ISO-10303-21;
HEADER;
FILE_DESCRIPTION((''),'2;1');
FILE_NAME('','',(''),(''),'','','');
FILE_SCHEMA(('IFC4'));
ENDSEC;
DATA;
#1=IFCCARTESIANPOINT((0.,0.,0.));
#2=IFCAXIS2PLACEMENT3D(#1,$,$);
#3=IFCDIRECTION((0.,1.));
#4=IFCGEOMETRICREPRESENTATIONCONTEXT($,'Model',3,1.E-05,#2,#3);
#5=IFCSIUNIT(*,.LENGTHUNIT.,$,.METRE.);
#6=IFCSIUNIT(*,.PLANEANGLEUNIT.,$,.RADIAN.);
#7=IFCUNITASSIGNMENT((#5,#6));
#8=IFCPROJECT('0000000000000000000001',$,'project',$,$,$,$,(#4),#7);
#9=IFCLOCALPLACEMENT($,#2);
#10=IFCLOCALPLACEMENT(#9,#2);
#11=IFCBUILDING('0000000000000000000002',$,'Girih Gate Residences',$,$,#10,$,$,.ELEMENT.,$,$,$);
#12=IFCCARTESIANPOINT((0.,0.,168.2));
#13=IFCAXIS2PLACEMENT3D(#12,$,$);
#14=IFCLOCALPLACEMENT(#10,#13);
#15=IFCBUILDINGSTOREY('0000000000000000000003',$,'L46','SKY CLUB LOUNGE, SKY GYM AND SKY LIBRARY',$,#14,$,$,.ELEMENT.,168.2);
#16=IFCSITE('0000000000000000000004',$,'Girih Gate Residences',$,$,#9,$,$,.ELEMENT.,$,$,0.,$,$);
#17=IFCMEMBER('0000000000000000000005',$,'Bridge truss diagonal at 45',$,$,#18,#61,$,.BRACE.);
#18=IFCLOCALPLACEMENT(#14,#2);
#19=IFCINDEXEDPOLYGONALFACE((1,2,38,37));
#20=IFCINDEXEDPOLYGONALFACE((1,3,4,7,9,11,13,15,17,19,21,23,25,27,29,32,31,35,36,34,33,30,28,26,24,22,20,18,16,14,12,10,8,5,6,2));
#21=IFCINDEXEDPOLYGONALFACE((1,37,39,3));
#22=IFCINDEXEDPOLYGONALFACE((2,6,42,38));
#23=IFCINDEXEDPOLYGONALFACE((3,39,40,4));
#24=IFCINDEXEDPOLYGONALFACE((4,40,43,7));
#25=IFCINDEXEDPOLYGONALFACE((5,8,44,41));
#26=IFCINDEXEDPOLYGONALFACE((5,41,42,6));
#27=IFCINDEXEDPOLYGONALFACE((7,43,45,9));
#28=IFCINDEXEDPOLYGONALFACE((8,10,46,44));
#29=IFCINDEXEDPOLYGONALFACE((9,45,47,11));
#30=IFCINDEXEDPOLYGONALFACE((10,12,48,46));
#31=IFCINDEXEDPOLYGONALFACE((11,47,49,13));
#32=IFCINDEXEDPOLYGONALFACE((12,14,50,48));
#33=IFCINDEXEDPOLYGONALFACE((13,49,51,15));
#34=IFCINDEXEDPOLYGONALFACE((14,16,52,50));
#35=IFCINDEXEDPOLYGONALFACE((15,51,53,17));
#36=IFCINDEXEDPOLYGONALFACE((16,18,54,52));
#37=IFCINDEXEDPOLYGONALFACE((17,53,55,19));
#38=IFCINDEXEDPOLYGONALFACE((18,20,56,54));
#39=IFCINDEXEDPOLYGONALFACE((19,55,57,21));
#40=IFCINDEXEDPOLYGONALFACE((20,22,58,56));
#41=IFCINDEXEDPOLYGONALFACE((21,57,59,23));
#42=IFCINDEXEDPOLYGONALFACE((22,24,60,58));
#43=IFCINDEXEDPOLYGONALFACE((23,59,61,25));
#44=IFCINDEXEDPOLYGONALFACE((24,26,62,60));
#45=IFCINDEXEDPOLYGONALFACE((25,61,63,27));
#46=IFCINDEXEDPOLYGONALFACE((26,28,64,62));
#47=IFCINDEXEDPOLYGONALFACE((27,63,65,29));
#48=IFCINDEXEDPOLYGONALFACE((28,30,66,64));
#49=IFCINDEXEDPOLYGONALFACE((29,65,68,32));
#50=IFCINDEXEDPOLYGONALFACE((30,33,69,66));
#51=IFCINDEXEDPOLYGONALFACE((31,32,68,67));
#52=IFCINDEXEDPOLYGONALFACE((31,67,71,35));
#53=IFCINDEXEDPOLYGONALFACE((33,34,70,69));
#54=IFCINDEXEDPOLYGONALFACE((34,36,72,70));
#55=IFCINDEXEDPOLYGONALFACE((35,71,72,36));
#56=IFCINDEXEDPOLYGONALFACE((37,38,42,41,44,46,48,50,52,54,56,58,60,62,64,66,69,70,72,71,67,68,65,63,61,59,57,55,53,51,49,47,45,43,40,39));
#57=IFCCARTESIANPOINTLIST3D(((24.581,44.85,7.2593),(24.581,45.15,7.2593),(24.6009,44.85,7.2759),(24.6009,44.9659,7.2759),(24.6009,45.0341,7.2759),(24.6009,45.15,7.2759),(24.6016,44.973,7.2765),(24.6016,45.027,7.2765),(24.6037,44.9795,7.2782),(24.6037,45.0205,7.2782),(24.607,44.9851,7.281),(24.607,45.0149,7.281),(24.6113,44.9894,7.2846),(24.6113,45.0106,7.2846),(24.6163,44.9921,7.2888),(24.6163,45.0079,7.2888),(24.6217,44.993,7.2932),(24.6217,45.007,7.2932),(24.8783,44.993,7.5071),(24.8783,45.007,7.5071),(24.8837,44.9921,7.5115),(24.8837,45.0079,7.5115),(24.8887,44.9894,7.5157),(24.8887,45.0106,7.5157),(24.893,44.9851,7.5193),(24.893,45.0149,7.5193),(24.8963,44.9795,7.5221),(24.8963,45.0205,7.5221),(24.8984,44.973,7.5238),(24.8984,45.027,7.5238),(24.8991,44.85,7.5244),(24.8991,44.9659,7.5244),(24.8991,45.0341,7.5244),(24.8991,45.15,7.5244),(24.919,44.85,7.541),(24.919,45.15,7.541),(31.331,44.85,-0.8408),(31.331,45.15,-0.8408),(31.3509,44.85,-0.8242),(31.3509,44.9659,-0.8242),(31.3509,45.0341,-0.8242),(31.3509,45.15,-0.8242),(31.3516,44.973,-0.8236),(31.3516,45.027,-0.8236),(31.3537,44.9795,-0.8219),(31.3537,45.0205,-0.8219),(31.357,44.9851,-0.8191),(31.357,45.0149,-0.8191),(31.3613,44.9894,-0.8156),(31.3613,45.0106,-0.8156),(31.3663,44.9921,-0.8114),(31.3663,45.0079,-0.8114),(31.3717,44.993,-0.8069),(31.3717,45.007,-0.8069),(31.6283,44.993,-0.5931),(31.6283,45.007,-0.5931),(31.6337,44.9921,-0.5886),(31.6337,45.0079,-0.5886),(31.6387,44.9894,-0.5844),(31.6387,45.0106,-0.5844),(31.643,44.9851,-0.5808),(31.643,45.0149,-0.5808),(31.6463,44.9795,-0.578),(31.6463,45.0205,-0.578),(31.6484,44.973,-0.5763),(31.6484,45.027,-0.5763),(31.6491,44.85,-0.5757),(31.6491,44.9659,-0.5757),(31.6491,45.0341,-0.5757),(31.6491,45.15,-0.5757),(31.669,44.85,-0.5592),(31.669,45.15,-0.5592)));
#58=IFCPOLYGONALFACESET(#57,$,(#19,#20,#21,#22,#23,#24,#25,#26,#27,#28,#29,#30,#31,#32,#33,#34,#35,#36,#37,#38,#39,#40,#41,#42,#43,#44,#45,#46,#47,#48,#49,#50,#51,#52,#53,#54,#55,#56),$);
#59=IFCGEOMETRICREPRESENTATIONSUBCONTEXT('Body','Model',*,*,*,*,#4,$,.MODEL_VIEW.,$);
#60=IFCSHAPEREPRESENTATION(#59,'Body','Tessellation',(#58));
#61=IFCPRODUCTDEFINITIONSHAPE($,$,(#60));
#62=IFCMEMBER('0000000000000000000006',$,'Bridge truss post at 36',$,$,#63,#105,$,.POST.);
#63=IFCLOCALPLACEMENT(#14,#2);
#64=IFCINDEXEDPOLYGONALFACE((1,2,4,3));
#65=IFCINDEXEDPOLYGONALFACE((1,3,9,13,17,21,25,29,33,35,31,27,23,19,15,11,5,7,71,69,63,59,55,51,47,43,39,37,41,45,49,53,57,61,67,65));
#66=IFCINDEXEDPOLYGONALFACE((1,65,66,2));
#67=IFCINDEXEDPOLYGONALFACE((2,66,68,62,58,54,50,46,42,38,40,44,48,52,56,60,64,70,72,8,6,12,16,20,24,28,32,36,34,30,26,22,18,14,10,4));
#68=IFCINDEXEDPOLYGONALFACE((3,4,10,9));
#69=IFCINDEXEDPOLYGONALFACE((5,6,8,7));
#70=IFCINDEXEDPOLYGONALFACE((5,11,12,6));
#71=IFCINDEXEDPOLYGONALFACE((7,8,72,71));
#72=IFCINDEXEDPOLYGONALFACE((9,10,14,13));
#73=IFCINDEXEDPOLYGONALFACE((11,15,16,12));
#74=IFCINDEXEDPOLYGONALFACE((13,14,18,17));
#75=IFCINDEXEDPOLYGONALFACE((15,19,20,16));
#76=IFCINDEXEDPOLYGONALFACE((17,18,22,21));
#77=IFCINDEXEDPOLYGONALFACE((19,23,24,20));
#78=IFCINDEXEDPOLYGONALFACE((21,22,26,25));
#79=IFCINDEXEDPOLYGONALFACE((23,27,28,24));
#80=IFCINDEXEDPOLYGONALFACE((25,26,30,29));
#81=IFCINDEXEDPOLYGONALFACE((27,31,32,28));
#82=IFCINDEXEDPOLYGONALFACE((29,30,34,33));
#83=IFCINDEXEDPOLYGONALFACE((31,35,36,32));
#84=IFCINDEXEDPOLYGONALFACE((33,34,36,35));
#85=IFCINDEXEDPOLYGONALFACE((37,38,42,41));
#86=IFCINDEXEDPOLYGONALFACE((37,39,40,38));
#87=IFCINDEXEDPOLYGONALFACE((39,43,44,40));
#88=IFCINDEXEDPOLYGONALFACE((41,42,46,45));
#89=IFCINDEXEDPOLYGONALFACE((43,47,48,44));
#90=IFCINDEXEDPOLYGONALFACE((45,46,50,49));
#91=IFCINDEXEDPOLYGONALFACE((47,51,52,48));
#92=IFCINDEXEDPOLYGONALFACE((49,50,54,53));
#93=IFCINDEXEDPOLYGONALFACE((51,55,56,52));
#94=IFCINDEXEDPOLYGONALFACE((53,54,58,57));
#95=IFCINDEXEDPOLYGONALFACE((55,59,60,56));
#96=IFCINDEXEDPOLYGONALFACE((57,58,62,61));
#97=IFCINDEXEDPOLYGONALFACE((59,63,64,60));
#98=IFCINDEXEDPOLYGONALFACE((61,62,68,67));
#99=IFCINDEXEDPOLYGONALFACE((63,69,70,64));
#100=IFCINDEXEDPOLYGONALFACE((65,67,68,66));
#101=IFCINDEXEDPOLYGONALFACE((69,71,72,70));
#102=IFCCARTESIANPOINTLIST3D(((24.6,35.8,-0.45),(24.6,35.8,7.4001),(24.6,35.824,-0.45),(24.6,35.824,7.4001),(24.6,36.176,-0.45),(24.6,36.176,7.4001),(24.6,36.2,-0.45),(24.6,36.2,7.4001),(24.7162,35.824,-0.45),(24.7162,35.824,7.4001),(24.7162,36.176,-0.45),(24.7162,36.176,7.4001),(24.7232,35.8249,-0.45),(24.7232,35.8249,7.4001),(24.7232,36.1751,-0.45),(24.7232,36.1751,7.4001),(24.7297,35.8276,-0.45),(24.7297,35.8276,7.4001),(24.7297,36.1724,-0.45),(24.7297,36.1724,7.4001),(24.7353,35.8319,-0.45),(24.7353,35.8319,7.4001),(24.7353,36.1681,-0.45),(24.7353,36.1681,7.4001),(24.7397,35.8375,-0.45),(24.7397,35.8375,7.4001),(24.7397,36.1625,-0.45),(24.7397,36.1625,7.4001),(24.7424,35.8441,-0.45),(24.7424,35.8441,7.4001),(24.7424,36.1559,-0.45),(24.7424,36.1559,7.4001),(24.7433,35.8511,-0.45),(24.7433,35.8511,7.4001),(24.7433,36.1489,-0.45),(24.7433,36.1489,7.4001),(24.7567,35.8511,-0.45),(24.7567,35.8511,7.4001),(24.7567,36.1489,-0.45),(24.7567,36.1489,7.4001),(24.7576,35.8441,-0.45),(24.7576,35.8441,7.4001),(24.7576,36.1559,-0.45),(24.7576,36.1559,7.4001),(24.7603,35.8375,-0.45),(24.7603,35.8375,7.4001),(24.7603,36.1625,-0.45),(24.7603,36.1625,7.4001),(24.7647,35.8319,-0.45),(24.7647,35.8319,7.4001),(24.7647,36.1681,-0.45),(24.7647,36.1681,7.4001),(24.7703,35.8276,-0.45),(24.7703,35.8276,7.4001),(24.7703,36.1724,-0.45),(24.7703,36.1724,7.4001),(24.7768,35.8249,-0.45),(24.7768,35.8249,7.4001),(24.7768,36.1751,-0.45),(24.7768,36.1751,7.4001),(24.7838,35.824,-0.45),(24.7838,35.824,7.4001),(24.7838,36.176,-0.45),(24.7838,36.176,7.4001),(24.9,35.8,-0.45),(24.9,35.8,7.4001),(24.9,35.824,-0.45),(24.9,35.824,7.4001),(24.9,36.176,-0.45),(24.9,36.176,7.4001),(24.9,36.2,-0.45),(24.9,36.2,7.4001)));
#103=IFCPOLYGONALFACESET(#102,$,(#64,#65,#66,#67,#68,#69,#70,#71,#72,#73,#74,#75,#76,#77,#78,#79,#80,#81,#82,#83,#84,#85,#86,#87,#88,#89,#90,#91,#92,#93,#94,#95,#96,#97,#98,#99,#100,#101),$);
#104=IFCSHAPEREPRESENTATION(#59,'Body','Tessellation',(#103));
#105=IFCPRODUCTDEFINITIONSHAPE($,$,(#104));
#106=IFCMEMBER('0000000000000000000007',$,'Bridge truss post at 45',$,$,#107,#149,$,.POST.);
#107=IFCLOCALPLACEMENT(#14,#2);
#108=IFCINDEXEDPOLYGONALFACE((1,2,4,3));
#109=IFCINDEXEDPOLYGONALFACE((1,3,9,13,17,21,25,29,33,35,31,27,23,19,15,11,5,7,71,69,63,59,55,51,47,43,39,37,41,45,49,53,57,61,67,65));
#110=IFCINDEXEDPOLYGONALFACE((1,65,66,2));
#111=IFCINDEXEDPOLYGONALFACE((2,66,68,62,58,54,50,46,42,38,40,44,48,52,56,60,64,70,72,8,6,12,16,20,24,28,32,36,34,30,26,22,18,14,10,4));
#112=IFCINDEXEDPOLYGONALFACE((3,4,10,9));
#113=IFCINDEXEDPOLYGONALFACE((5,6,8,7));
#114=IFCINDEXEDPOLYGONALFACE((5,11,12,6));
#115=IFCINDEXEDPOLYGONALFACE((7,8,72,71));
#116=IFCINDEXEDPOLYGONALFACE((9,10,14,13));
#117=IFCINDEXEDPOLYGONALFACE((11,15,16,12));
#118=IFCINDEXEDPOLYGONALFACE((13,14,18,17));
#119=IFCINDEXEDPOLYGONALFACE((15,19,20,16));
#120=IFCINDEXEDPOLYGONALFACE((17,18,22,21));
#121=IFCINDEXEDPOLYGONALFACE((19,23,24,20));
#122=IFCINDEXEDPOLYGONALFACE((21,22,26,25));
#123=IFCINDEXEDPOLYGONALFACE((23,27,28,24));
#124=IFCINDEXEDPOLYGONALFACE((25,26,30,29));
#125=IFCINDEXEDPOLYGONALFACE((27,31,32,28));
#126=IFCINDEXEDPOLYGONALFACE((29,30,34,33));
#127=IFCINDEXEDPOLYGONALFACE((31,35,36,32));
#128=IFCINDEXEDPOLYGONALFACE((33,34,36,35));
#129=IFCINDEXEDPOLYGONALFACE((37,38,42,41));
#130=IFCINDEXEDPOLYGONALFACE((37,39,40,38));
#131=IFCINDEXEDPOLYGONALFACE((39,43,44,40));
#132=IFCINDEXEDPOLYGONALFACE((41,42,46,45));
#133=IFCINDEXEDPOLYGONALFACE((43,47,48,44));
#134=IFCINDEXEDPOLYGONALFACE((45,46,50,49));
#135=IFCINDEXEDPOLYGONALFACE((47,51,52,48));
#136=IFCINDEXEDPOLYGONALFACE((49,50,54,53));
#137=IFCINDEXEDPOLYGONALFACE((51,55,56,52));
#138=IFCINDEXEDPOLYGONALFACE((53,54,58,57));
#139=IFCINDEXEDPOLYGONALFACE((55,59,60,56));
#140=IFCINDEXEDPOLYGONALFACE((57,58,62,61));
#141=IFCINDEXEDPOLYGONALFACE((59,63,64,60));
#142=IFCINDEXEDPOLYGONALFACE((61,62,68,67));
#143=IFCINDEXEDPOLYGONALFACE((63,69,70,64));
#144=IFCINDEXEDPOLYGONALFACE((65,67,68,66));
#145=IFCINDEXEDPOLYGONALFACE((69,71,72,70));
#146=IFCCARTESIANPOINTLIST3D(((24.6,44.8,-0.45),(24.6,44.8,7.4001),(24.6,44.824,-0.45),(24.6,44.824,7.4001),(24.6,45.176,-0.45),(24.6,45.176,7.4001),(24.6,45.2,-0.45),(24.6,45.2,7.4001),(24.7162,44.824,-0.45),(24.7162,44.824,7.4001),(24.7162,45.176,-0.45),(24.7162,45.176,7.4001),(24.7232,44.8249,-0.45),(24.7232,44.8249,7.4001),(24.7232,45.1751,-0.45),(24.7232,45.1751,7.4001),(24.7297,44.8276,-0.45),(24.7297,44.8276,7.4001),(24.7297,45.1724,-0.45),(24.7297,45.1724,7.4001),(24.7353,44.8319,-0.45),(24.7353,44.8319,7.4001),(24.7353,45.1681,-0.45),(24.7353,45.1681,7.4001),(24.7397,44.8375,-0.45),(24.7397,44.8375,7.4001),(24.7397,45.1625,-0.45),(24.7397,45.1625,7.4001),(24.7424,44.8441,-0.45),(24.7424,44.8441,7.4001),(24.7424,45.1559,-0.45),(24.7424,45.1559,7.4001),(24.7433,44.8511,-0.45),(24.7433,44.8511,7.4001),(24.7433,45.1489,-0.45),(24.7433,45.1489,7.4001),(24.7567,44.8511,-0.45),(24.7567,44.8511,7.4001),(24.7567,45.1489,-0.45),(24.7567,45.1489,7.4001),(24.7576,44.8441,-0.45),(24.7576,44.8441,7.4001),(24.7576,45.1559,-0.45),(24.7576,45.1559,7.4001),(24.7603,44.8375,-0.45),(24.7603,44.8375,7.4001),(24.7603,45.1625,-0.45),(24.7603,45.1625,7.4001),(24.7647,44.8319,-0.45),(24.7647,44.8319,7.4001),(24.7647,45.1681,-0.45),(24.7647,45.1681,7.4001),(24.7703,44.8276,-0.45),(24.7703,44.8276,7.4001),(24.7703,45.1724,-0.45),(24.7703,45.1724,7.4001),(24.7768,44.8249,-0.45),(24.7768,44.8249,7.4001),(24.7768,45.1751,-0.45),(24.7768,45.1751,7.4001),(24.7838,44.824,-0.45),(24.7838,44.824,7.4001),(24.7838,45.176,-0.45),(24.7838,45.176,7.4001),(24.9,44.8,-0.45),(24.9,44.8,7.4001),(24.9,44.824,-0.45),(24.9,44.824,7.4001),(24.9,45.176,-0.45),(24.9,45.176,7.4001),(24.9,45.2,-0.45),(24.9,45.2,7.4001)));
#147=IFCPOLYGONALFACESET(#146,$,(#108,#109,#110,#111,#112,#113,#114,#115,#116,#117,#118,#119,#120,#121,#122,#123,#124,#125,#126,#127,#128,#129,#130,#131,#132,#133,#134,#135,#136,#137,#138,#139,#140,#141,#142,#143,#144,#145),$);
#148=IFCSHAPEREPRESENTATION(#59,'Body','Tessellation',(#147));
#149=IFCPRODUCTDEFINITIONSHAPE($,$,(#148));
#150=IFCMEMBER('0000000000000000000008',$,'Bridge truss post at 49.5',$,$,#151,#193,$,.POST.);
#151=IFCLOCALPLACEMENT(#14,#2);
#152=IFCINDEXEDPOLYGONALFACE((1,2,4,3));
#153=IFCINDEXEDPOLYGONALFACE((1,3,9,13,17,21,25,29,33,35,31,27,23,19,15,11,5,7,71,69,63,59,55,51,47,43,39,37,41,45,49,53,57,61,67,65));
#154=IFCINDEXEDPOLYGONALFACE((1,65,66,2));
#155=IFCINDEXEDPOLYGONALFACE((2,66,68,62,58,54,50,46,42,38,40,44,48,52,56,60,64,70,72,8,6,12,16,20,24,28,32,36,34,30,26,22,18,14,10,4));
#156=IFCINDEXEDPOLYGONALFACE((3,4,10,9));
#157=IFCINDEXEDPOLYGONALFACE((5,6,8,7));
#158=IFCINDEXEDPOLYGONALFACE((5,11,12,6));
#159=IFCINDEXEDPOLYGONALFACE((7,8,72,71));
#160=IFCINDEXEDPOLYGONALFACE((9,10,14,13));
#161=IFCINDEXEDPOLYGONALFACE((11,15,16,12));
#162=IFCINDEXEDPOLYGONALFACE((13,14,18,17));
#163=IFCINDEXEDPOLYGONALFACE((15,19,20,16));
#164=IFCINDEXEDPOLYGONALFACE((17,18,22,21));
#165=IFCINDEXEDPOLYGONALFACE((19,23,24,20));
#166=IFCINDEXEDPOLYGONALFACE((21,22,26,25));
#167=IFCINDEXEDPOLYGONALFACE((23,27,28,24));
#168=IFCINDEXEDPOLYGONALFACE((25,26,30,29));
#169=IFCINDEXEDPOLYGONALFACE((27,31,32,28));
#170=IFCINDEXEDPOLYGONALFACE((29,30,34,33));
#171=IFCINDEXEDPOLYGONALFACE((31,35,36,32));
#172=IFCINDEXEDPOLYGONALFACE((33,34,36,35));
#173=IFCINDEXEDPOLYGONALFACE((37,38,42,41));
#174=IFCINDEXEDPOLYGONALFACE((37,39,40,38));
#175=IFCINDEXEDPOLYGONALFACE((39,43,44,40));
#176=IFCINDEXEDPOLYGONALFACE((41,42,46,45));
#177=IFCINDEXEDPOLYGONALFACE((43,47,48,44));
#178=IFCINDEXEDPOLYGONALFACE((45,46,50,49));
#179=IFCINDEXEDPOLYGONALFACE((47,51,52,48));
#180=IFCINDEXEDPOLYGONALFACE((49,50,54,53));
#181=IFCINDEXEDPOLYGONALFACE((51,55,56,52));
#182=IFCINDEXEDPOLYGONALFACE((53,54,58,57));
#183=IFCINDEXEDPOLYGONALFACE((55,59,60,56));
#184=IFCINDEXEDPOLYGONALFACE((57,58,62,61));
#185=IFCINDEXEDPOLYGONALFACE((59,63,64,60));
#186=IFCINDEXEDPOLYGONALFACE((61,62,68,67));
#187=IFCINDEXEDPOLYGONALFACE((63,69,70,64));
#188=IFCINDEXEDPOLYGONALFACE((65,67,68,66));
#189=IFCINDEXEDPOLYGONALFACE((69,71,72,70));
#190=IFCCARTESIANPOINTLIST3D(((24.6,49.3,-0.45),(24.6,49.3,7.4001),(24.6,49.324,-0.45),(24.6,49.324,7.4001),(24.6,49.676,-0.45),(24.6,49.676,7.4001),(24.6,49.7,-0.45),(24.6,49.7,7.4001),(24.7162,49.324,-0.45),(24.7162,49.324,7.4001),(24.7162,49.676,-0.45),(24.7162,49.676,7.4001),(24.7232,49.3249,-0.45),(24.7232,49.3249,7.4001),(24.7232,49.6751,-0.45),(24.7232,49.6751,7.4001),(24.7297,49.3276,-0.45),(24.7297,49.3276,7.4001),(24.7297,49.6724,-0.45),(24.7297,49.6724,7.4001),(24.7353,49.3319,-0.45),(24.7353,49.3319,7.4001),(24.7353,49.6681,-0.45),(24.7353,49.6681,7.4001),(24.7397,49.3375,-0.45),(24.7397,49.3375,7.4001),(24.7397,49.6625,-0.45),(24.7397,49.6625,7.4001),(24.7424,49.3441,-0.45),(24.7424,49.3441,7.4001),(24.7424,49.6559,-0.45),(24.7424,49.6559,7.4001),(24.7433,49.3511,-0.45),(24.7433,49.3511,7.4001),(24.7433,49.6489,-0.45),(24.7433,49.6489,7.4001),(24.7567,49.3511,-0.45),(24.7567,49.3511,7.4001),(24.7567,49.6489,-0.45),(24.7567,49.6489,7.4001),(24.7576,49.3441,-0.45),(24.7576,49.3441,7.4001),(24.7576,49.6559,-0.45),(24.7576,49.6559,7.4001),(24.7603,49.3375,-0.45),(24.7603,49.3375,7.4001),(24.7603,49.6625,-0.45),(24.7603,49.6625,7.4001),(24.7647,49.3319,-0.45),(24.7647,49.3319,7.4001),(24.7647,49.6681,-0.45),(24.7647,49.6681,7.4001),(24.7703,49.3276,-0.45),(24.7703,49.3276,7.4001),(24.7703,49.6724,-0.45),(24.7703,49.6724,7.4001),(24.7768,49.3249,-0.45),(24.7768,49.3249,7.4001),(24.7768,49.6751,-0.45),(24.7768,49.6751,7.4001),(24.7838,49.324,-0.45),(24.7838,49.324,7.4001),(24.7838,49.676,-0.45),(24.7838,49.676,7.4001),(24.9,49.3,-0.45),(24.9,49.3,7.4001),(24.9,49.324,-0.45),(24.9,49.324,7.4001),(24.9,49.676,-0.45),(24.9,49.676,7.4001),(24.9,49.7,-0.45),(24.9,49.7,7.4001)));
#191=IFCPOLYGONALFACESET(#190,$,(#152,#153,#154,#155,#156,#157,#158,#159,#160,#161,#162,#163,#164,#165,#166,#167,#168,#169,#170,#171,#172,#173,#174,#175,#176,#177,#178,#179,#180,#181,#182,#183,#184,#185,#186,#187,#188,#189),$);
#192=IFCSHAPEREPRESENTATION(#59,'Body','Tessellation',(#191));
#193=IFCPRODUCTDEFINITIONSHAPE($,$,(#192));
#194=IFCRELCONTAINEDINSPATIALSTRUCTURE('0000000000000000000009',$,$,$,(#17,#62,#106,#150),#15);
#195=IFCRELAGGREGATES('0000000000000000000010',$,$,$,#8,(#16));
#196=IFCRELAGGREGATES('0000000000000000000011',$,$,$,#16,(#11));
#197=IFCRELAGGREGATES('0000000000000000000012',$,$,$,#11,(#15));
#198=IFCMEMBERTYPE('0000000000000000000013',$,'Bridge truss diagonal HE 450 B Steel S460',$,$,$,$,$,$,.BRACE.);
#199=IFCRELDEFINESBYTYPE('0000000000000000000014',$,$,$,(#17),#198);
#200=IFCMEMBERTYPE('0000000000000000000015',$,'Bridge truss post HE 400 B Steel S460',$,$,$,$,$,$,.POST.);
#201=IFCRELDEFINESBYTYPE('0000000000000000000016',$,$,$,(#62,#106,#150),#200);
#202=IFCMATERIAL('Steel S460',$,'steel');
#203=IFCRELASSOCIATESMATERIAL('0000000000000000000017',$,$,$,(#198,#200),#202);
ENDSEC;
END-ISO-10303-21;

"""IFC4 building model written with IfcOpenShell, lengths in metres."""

from ifc_helpers import new_model, si_unit, direction, frame, origin, origin_2d, place, context, subcontext, project, spatial, i_section, extrude, material, material_profile, profile_set, type_object, element, save


model = new_model("IFC4")

# Units and contexts
model_context = context("Model", 3, precision=1e-05, world=origin(), true_north=direction((0.0, 1.0)))
body_context = subcontext(model_context, "Body", "Model", "MODEL_VIEW")
ifc_project = project(units=[si_unit("LENGTHUNIT", "METRE"), si_unit("PLANEANGLEUNIT", "RADIAN")], contexts=[model_context])

# Site, building, storey
site_placement = place(None, origin())
site = spatial("IfcSite", under=ifc_project, at=site_placement, Name="Girih Gate Residences", CompositionType="ELEMENT", RefElevation=0.0)
building_placement = place(site_placement, origin())
building = spatial("IfcBuilding", under=site, at=building_placement, Name="Girih Gate Residences", CompositionType="ELEMENT")
storey_placement = place(building_placement, frame((0.0, 0.0, 168.2)))
storey = spatial("IfcBuildingStorey", under=building, at=storey_placement, Name="L46", Description="SKY CLUB LOUNGE, SKY GYM AND SKY LIBRARY", CompositionType="ELEMENT", Elevation=168.2)

# Members
ifc_material_1 = material(Name="Steel S460", Category="steel")
ifc_material_profile_1 = material_profile(ifc_material_1, i_section(OverallWidth=0.3, OverallDepth=0.4399, WebThickness=0.0139, FlangeThickness=0.0259, FilletRadius=0.0271, at=origin_2d()))
ifc_profile_set_1 = profile_set([ifc_material_profile_1], Name="Steel S460")
member_type_1 = type_object("IfcMemberType", Name="Bridge truss diagonal HE 450 B Steel S460", PredefinedType="BRACE", material=ifc_profile_set_1)
for number, where, z_axis, x_axis, name in (
    (1, (24.75, 45.0, 7.4001), (0.64018, 0.0, -0.768225), (0.0, 1.0, 0.0), "Bridge truss diagonal at 45"),
):
    element("IfcMember", number, at=place(storey_placement, frame(where, z_axis=z_axis, x_axis=x_axis)), inside=storey, type_object=member_type_1, Name=name, PredefinedType="BRACE", context=body_context, shape_type="SweptSolid", body=[
        extrude(i_section(OverallWidth=0.3, OverallDepth=0.4399, WebThickness=0.0139, FlangeThickness=0.0259, FilletRadius=0.0271, at=origin_2d()), origin(), (0.0, 0.0, 1.0), 10.5439),
    ])
ifc_material_profile_2 = material_profile(ifc_material_1, i_section(OverallWidth=0.3, OverallDepth=0.3999, WebThickness=0.0134, FlangeThickness=0.0239, FilletRadius=0.0271, at=origin_2d()))
ifc_profile_set_2 = profile_set([ifc_material_profile_2], Name="Steel S460")
member_type_2 = type_object("IfcMemberType", Name="Bridge truss post HE 400 B Steel S460", PredefinedType="POST", material=ifc_profile_set_2)
for number, where, z_axis, x_axis, name in (
    (2, (24.75, 36.0, -0.45), (0.0, 0.0, 1.0), (1.0, 0.0, 0.0), "Bridge truss post at 36"),
    (3, (24.75, 45.0, -0.45), (0.0, 0.0, 1.0), (1.0, 0.0, 0.0), "Bridge truss post at 45"),
    (4, (24.75, 49.5, -0.45), (0.0, 0.0, 1.0), (1.0, 0.0, 0.0), "Bridge truss post at 49.5"),
):
    element("IfcMember", number, at=place(storey_placement, frame(where, z_axis=z_axis, x_axis=x_axis)), inside=storey, type_object=member_type_2, Name=name, PredefinedType="POST", context=body_context, shape_type="SweptSolid", body=[
        extrude(i_section(OverallWidth=0.3, OverallDepth=0.3999, WebThickness=0.0134, FlangeThickness=0.0239, FilletRadius=0.0271, at=origin_2d()), origin(), (0.0, 0.0, 1.0), 7.8501),
    ])

save(model, "model.ifc")
